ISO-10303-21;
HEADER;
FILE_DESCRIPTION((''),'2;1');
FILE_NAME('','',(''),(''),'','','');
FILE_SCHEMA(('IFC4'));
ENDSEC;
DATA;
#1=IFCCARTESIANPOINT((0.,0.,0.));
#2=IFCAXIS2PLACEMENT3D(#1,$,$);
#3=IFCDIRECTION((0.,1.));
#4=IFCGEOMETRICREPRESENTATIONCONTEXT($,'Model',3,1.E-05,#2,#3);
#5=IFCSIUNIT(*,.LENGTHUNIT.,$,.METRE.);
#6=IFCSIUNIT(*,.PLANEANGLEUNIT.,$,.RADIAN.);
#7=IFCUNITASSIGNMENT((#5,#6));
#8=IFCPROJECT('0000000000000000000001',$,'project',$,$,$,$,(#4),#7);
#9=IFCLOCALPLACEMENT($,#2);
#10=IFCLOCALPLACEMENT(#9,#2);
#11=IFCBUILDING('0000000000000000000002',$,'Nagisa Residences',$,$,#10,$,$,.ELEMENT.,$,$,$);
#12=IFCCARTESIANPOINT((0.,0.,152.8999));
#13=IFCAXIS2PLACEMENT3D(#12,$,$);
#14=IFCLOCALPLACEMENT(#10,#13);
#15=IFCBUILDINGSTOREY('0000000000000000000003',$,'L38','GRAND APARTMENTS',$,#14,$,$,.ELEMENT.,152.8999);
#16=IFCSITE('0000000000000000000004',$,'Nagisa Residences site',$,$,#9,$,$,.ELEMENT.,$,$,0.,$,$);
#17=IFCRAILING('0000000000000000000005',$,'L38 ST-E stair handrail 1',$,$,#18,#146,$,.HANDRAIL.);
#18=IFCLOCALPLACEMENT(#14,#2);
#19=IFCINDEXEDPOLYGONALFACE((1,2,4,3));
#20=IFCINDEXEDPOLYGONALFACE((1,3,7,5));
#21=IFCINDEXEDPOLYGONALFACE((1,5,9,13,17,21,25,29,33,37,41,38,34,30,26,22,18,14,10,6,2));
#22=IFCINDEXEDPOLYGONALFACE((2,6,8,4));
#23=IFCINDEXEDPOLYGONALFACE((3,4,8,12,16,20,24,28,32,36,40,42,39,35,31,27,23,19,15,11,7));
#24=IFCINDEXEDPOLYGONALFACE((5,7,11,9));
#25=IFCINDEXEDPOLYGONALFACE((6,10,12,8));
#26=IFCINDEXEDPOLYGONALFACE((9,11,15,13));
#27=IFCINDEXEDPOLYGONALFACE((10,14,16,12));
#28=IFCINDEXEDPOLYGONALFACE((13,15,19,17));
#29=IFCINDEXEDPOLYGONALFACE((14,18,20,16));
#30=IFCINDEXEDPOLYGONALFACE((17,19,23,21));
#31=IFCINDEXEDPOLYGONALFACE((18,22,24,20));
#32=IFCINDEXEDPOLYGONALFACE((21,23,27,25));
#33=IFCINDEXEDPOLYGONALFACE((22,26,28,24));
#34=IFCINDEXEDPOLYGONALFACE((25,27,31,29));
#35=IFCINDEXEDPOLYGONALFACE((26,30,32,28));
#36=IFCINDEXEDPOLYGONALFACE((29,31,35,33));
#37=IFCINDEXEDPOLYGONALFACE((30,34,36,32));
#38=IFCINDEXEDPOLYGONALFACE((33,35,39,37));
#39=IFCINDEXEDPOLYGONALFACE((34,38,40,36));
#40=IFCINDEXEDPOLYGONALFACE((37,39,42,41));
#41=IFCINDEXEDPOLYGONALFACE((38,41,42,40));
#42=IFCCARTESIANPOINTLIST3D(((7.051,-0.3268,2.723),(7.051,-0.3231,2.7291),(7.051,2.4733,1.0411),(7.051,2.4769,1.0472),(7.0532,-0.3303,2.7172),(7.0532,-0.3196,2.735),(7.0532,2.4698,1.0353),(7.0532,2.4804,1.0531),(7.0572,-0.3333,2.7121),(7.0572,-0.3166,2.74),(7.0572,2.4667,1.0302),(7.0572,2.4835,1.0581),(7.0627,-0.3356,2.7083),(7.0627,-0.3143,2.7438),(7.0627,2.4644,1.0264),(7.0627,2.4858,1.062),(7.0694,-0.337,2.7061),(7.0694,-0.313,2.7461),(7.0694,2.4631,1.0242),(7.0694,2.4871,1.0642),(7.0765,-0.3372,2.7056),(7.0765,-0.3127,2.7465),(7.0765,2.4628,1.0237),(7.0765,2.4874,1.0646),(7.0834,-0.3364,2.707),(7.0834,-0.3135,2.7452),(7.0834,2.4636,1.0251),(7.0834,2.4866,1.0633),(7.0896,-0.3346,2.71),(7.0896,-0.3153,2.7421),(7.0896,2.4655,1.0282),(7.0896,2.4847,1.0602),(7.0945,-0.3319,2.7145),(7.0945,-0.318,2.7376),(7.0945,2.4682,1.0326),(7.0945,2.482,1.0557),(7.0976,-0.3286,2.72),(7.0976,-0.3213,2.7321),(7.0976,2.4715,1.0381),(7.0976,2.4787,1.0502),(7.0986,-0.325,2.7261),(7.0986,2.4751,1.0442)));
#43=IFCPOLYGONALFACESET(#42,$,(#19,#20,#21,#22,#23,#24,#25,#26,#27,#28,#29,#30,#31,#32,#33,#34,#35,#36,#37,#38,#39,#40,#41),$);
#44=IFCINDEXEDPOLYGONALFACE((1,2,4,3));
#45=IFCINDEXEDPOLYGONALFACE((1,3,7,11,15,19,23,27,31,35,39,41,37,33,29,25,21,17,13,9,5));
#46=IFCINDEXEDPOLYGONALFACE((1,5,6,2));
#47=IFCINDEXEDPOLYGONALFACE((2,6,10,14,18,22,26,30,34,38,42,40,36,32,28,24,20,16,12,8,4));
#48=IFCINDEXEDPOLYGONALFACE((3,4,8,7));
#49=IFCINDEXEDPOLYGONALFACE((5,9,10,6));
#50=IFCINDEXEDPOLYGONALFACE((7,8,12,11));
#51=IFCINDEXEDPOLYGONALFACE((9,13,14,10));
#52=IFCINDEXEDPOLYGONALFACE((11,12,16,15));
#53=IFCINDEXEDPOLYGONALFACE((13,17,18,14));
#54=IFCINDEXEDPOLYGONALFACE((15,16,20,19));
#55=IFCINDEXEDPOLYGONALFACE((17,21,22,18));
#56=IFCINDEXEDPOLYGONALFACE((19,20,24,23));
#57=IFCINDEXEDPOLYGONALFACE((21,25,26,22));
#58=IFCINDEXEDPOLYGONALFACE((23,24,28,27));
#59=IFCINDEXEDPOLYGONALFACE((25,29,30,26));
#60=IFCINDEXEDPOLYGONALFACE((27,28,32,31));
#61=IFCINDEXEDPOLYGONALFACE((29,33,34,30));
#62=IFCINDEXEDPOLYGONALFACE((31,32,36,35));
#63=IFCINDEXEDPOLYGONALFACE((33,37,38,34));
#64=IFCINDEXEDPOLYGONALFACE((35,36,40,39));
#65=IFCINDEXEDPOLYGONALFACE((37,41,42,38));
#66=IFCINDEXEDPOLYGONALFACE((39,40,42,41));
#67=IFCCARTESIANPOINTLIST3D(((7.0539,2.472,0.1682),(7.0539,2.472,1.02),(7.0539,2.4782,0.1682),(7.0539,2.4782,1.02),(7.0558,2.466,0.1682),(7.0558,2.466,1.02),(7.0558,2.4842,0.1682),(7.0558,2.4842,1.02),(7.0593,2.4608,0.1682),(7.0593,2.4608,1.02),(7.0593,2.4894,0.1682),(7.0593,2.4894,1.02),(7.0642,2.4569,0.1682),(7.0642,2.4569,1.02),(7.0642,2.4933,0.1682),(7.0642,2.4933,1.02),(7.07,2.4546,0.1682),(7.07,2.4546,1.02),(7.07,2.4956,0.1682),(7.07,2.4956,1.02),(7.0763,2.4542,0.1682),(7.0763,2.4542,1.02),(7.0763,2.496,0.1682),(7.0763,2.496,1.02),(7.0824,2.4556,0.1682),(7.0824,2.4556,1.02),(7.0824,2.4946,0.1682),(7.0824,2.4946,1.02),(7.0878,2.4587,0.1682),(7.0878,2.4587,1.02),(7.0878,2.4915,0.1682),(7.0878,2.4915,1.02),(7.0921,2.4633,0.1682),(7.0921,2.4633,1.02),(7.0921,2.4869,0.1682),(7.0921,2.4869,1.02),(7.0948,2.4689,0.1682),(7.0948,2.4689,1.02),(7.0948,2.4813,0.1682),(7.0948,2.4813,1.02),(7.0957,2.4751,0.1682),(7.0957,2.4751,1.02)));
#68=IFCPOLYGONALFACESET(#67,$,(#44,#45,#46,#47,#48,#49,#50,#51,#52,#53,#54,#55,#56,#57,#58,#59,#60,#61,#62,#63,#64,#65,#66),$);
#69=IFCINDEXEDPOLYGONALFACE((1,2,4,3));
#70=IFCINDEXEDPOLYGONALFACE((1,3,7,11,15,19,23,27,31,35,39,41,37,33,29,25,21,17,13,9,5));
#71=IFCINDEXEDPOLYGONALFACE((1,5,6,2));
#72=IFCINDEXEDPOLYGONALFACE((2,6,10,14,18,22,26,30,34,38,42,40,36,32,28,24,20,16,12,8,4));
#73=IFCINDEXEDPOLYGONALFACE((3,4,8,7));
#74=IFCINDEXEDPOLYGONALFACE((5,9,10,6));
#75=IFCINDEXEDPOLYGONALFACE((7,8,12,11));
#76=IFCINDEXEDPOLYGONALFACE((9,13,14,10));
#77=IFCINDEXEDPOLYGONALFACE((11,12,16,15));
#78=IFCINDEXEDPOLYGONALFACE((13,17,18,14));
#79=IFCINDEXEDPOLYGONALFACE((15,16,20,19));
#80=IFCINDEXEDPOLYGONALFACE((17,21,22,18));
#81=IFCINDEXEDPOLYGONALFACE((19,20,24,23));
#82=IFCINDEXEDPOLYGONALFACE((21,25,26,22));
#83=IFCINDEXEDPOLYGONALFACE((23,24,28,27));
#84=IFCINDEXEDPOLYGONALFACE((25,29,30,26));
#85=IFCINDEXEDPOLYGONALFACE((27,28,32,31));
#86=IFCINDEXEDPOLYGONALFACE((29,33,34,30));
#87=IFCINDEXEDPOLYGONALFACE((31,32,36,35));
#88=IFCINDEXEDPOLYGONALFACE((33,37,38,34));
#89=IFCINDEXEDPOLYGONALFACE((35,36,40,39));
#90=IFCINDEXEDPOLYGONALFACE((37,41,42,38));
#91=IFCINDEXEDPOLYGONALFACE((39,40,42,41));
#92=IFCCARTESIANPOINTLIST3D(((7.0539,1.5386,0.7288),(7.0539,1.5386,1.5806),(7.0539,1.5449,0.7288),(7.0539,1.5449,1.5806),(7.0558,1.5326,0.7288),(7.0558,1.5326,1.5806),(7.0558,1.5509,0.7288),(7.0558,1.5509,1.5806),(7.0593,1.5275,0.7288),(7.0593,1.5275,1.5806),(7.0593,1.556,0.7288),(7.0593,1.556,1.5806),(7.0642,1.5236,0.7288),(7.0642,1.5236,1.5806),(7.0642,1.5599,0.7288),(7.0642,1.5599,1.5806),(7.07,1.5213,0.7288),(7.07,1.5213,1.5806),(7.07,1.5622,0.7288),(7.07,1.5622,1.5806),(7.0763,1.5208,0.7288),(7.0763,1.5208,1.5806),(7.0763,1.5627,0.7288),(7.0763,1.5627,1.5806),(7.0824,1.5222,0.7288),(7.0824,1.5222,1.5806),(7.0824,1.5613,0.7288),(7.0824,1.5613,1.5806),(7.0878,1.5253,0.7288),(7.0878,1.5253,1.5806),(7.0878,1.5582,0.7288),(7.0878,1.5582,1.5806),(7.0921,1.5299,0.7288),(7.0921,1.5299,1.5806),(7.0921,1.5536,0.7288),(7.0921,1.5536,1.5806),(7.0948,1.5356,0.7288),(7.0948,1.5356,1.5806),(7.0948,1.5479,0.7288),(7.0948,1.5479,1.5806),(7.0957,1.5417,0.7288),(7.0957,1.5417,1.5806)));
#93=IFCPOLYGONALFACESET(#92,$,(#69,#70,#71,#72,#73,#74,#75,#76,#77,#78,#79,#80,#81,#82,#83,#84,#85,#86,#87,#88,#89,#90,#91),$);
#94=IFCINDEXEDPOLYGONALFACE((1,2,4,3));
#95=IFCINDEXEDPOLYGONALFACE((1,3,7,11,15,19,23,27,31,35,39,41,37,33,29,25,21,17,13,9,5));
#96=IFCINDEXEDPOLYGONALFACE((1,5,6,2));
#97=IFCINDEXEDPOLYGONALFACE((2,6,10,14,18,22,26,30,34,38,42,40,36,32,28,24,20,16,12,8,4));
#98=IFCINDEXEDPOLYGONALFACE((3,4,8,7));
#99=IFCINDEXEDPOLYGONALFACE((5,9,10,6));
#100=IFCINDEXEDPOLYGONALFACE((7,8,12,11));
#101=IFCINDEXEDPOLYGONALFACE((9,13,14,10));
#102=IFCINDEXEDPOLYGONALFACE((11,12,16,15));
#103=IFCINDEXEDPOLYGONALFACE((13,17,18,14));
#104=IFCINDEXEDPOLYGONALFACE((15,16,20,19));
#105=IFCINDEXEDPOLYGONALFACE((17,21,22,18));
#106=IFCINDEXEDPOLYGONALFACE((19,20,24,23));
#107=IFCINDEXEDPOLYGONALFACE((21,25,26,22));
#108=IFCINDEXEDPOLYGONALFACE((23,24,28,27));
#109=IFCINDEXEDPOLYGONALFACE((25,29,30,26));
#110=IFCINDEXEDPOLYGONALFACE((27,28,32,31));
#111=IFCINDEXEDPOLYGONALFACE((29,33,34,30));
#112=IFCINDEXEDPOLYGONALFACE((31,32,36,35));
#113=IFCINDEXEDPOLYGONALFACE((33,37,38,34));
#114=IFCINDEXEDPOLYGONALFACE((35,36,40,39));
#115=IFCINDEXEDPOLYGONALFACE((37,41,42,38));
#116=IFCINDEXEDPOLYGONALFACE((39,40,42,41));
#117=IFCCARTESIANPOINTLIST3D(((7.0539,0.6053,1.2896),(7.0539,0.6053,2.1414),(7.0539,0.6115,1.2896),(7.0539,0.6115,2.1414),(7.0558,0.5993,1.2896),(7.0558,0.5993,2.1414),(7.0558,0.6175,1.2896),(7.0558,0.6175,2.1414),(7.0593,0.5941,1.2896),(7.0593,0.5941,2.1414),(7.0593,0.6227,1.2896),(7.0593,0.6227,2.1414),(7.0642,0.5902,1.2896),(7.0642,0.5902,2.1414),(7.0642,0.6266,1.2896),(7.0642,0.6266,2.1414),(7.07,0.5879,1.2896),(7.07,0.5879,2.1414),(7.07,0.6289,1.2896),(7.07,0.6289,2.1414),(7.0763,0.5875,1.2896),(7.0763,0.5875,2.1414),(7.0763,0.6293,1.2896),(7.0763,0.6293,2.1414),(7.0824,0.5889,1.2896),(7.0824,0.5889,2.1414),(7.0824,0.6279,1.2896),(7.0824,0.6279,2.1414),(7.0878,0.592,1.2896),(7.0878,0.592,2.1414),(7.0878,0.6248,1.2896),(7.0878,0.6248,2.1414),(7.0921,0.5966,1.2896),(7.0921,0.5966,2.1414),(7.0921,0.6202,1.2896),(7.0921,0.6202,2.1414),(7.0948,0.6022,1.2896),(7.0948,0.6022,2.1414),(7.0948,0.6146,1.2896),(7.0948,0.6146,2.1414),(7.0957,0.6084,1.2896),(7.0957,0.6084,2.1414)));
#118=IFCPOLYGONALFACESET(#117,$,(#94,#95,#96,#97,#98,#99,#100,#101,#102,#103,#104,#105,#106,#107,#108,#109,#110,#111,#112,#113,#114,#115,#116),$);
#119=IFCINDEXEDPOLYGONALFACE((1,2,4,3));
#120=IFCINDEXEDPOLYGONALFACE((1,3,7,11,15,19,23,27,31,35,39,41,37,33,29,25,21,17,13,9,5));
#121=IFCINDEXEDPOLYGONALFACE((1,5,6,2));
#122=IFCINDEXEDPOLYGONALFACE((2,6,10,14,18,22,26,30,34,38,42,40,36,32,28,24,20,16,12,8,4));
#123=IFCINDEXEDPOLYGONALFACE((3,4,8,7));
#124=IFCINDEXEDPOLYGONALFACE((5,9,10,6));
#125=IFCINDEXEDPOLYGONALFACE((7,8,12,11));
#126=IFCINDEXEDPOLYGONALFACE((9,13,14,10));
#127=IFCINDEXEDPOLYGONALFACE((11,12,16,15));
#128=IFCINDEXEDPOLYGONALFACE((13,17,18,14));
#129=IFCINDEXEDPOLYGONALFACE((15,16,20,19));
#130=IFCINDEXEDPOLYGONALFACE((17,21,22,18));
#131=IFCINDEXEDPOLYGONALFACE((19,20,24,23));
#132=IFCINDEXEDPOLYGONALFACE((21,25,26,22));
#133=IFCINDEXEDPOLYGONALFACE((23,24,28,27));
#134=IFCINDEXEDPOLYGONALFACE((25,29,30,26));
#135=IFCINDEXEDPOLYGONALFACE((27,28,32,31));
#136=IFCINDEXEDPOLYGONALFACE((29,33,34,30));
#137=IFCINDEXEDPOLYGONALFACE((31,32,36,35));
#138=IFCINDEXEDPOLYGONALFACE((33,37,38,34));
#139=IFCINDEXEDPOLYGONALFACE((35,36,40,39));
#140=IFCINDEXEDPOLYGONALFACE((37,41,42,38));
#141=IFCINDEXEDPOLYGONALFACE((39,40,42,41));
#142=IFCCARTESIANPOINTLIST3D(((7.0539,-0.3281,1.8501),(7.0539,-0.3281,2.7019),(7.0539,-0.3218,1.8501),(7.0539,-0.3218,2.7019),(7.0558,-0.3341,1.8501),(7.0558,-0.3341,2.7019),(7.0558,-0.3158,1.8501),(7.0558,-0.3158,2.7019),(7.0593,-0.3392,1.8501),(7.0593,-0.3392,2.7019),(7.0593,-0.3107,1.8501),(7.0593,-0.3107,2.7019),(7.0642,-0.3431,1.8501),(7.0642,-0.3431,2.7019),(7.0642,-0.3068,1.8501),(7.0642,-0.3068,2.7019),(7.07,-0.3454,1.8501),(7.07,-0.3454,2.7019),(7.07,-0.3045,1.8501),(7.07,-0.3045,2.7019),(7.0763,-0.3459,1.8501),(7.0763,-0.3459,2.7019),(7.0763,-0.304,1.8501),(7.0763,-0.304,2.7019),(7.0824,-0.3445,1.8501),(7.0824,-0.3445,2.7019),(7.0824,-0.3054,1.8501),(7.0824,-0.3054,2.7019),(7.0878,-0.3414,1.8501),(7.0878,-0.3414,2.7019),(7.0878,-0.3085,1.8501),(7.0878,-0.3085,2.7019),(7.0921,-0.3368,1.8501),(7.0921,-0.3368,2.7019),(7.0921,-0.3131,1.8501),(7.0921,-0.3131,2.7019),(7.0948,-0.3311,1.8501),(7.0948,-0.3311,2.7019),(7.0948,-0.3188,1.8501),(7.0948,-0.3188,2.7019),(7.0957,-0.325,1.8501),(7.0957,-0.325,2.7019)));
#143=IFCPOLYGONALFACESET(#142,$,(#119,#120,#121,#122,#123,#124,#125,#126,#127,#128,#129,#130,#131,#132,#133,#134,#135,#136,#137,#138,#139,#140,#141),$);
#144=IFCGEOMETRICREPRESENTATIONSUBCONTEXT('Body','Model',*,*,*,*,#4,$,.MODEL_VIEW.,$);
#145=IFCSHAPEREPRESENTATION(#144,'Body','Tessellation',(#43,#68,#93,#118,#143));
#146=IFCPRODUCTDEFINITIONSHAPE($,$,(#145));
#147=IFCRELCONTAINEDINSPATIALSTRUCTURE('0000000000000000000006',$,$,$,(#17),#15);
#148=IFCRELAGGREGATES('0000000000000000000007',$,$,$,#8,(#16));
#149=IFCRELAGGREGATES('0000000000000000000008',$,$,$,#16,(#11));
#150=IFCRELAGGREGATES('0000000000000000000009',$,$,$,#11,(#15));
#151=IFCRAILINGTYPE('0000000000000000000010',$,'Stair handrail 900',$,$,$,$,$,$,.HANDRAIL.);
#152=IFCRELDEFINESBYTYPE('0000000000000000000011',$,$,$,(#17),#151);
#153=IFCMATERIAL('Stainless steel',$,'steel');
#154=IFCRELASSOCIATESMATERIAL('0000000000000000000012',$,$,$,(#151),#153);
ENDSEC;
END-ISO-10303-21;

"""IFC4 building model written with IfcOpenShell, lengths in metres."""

from ifc_helpers import new_model, si_unit, direction, frame, origin, origin_2d, place, context, subcontext, project, spatial, circle, extrude, material, type_object, element, save


model = new_model("IFC4")

# Units and contexts
model_context = context("Model", 3, precision=1e-05, world=origin(), true_north=direction((0.0, 1.0)))
body_context = subcontext(model_context, "Body", "Model", "MODEL_VIEW")
ifc_project = project(units=[si_unit("LENGTHUNIT", "METRE"), si_unit("PLANEANGLEUNIT", "RADIAN")], contexts=[model_context])

# Site, building, storey
site_placement = place(None, origin())
site = spatial("IfcSite", under=ifc_project, at=site_placement, Name="Nagisa Residences site", CompositionType="ELEMENT", RefElevation=0.0)
building_placement = place(site_placement, origin())
building = spatial("IfcBuilding", under=site, at=building_placement, Name="Nagisa Residences", CompositionType="ELEMENT")
storey_placement = place(building_placement, frame((0.0, 0.0, 152.8999)))
storey = spatial("IfcBuildingStorey", under=building, at=storey_placement, Name="L38", Description="GRAND APARTMENTS", CompositionType="ELEMENT", Elevation=152.8999)

# Railing
ifc_material_1 = material(Name="Stainless steel", Category="steel")
railing_type_1 = type_object("IfcRailingType", Name="Stair handrail 900", PredefinedType="HANDRAIL", material=ifc_material_1)
railing_1_placement = place(storey_placement, frame((7.0747, 2.4751, 0.1682)))
element("IfcRailing", 1, at=railing_1_placement, inside=storey, type_object=railing_type_1, Name="L38 ST-E stair handrail 1", PredefinedType="HANDRAIL", context=body_context, shape_type="SweptSolid", body=[
    extrude(circle(Radius=0.0239, at=origin_2d()), frame((0.0, 0.0, 0.876), z_axis=(0.0, -0.857242, 0.514913), x_axis=(1.0, 0.0, 0.0)), (0.0, 0.0, 1.0), 3.2664),
    extrude(circle(Radius=0.021, at=origin_2d()), origin(), (0.0, 0.0, 1.0), 0.8518),
    extrude(circle(Radius=0.021, at=origin_2d()), frame((0.0, -0.9333, 0.5605)), (0.0, 0.0, 1.0), 0.8518),
    extrude(circle(Radius=0.021, at=origin_2d()), frame((0.0, -1.8667, 1.1213)), (0.0, 0.0, 1.0), 0.8518),
    extrude(circle(Radius=0.021, at=origin_2d()), frame((0.0, -2.8, 1.6819)), (0.0, 0.0, 1.0), 0.8518),
])

save(model, "model.ifc")
